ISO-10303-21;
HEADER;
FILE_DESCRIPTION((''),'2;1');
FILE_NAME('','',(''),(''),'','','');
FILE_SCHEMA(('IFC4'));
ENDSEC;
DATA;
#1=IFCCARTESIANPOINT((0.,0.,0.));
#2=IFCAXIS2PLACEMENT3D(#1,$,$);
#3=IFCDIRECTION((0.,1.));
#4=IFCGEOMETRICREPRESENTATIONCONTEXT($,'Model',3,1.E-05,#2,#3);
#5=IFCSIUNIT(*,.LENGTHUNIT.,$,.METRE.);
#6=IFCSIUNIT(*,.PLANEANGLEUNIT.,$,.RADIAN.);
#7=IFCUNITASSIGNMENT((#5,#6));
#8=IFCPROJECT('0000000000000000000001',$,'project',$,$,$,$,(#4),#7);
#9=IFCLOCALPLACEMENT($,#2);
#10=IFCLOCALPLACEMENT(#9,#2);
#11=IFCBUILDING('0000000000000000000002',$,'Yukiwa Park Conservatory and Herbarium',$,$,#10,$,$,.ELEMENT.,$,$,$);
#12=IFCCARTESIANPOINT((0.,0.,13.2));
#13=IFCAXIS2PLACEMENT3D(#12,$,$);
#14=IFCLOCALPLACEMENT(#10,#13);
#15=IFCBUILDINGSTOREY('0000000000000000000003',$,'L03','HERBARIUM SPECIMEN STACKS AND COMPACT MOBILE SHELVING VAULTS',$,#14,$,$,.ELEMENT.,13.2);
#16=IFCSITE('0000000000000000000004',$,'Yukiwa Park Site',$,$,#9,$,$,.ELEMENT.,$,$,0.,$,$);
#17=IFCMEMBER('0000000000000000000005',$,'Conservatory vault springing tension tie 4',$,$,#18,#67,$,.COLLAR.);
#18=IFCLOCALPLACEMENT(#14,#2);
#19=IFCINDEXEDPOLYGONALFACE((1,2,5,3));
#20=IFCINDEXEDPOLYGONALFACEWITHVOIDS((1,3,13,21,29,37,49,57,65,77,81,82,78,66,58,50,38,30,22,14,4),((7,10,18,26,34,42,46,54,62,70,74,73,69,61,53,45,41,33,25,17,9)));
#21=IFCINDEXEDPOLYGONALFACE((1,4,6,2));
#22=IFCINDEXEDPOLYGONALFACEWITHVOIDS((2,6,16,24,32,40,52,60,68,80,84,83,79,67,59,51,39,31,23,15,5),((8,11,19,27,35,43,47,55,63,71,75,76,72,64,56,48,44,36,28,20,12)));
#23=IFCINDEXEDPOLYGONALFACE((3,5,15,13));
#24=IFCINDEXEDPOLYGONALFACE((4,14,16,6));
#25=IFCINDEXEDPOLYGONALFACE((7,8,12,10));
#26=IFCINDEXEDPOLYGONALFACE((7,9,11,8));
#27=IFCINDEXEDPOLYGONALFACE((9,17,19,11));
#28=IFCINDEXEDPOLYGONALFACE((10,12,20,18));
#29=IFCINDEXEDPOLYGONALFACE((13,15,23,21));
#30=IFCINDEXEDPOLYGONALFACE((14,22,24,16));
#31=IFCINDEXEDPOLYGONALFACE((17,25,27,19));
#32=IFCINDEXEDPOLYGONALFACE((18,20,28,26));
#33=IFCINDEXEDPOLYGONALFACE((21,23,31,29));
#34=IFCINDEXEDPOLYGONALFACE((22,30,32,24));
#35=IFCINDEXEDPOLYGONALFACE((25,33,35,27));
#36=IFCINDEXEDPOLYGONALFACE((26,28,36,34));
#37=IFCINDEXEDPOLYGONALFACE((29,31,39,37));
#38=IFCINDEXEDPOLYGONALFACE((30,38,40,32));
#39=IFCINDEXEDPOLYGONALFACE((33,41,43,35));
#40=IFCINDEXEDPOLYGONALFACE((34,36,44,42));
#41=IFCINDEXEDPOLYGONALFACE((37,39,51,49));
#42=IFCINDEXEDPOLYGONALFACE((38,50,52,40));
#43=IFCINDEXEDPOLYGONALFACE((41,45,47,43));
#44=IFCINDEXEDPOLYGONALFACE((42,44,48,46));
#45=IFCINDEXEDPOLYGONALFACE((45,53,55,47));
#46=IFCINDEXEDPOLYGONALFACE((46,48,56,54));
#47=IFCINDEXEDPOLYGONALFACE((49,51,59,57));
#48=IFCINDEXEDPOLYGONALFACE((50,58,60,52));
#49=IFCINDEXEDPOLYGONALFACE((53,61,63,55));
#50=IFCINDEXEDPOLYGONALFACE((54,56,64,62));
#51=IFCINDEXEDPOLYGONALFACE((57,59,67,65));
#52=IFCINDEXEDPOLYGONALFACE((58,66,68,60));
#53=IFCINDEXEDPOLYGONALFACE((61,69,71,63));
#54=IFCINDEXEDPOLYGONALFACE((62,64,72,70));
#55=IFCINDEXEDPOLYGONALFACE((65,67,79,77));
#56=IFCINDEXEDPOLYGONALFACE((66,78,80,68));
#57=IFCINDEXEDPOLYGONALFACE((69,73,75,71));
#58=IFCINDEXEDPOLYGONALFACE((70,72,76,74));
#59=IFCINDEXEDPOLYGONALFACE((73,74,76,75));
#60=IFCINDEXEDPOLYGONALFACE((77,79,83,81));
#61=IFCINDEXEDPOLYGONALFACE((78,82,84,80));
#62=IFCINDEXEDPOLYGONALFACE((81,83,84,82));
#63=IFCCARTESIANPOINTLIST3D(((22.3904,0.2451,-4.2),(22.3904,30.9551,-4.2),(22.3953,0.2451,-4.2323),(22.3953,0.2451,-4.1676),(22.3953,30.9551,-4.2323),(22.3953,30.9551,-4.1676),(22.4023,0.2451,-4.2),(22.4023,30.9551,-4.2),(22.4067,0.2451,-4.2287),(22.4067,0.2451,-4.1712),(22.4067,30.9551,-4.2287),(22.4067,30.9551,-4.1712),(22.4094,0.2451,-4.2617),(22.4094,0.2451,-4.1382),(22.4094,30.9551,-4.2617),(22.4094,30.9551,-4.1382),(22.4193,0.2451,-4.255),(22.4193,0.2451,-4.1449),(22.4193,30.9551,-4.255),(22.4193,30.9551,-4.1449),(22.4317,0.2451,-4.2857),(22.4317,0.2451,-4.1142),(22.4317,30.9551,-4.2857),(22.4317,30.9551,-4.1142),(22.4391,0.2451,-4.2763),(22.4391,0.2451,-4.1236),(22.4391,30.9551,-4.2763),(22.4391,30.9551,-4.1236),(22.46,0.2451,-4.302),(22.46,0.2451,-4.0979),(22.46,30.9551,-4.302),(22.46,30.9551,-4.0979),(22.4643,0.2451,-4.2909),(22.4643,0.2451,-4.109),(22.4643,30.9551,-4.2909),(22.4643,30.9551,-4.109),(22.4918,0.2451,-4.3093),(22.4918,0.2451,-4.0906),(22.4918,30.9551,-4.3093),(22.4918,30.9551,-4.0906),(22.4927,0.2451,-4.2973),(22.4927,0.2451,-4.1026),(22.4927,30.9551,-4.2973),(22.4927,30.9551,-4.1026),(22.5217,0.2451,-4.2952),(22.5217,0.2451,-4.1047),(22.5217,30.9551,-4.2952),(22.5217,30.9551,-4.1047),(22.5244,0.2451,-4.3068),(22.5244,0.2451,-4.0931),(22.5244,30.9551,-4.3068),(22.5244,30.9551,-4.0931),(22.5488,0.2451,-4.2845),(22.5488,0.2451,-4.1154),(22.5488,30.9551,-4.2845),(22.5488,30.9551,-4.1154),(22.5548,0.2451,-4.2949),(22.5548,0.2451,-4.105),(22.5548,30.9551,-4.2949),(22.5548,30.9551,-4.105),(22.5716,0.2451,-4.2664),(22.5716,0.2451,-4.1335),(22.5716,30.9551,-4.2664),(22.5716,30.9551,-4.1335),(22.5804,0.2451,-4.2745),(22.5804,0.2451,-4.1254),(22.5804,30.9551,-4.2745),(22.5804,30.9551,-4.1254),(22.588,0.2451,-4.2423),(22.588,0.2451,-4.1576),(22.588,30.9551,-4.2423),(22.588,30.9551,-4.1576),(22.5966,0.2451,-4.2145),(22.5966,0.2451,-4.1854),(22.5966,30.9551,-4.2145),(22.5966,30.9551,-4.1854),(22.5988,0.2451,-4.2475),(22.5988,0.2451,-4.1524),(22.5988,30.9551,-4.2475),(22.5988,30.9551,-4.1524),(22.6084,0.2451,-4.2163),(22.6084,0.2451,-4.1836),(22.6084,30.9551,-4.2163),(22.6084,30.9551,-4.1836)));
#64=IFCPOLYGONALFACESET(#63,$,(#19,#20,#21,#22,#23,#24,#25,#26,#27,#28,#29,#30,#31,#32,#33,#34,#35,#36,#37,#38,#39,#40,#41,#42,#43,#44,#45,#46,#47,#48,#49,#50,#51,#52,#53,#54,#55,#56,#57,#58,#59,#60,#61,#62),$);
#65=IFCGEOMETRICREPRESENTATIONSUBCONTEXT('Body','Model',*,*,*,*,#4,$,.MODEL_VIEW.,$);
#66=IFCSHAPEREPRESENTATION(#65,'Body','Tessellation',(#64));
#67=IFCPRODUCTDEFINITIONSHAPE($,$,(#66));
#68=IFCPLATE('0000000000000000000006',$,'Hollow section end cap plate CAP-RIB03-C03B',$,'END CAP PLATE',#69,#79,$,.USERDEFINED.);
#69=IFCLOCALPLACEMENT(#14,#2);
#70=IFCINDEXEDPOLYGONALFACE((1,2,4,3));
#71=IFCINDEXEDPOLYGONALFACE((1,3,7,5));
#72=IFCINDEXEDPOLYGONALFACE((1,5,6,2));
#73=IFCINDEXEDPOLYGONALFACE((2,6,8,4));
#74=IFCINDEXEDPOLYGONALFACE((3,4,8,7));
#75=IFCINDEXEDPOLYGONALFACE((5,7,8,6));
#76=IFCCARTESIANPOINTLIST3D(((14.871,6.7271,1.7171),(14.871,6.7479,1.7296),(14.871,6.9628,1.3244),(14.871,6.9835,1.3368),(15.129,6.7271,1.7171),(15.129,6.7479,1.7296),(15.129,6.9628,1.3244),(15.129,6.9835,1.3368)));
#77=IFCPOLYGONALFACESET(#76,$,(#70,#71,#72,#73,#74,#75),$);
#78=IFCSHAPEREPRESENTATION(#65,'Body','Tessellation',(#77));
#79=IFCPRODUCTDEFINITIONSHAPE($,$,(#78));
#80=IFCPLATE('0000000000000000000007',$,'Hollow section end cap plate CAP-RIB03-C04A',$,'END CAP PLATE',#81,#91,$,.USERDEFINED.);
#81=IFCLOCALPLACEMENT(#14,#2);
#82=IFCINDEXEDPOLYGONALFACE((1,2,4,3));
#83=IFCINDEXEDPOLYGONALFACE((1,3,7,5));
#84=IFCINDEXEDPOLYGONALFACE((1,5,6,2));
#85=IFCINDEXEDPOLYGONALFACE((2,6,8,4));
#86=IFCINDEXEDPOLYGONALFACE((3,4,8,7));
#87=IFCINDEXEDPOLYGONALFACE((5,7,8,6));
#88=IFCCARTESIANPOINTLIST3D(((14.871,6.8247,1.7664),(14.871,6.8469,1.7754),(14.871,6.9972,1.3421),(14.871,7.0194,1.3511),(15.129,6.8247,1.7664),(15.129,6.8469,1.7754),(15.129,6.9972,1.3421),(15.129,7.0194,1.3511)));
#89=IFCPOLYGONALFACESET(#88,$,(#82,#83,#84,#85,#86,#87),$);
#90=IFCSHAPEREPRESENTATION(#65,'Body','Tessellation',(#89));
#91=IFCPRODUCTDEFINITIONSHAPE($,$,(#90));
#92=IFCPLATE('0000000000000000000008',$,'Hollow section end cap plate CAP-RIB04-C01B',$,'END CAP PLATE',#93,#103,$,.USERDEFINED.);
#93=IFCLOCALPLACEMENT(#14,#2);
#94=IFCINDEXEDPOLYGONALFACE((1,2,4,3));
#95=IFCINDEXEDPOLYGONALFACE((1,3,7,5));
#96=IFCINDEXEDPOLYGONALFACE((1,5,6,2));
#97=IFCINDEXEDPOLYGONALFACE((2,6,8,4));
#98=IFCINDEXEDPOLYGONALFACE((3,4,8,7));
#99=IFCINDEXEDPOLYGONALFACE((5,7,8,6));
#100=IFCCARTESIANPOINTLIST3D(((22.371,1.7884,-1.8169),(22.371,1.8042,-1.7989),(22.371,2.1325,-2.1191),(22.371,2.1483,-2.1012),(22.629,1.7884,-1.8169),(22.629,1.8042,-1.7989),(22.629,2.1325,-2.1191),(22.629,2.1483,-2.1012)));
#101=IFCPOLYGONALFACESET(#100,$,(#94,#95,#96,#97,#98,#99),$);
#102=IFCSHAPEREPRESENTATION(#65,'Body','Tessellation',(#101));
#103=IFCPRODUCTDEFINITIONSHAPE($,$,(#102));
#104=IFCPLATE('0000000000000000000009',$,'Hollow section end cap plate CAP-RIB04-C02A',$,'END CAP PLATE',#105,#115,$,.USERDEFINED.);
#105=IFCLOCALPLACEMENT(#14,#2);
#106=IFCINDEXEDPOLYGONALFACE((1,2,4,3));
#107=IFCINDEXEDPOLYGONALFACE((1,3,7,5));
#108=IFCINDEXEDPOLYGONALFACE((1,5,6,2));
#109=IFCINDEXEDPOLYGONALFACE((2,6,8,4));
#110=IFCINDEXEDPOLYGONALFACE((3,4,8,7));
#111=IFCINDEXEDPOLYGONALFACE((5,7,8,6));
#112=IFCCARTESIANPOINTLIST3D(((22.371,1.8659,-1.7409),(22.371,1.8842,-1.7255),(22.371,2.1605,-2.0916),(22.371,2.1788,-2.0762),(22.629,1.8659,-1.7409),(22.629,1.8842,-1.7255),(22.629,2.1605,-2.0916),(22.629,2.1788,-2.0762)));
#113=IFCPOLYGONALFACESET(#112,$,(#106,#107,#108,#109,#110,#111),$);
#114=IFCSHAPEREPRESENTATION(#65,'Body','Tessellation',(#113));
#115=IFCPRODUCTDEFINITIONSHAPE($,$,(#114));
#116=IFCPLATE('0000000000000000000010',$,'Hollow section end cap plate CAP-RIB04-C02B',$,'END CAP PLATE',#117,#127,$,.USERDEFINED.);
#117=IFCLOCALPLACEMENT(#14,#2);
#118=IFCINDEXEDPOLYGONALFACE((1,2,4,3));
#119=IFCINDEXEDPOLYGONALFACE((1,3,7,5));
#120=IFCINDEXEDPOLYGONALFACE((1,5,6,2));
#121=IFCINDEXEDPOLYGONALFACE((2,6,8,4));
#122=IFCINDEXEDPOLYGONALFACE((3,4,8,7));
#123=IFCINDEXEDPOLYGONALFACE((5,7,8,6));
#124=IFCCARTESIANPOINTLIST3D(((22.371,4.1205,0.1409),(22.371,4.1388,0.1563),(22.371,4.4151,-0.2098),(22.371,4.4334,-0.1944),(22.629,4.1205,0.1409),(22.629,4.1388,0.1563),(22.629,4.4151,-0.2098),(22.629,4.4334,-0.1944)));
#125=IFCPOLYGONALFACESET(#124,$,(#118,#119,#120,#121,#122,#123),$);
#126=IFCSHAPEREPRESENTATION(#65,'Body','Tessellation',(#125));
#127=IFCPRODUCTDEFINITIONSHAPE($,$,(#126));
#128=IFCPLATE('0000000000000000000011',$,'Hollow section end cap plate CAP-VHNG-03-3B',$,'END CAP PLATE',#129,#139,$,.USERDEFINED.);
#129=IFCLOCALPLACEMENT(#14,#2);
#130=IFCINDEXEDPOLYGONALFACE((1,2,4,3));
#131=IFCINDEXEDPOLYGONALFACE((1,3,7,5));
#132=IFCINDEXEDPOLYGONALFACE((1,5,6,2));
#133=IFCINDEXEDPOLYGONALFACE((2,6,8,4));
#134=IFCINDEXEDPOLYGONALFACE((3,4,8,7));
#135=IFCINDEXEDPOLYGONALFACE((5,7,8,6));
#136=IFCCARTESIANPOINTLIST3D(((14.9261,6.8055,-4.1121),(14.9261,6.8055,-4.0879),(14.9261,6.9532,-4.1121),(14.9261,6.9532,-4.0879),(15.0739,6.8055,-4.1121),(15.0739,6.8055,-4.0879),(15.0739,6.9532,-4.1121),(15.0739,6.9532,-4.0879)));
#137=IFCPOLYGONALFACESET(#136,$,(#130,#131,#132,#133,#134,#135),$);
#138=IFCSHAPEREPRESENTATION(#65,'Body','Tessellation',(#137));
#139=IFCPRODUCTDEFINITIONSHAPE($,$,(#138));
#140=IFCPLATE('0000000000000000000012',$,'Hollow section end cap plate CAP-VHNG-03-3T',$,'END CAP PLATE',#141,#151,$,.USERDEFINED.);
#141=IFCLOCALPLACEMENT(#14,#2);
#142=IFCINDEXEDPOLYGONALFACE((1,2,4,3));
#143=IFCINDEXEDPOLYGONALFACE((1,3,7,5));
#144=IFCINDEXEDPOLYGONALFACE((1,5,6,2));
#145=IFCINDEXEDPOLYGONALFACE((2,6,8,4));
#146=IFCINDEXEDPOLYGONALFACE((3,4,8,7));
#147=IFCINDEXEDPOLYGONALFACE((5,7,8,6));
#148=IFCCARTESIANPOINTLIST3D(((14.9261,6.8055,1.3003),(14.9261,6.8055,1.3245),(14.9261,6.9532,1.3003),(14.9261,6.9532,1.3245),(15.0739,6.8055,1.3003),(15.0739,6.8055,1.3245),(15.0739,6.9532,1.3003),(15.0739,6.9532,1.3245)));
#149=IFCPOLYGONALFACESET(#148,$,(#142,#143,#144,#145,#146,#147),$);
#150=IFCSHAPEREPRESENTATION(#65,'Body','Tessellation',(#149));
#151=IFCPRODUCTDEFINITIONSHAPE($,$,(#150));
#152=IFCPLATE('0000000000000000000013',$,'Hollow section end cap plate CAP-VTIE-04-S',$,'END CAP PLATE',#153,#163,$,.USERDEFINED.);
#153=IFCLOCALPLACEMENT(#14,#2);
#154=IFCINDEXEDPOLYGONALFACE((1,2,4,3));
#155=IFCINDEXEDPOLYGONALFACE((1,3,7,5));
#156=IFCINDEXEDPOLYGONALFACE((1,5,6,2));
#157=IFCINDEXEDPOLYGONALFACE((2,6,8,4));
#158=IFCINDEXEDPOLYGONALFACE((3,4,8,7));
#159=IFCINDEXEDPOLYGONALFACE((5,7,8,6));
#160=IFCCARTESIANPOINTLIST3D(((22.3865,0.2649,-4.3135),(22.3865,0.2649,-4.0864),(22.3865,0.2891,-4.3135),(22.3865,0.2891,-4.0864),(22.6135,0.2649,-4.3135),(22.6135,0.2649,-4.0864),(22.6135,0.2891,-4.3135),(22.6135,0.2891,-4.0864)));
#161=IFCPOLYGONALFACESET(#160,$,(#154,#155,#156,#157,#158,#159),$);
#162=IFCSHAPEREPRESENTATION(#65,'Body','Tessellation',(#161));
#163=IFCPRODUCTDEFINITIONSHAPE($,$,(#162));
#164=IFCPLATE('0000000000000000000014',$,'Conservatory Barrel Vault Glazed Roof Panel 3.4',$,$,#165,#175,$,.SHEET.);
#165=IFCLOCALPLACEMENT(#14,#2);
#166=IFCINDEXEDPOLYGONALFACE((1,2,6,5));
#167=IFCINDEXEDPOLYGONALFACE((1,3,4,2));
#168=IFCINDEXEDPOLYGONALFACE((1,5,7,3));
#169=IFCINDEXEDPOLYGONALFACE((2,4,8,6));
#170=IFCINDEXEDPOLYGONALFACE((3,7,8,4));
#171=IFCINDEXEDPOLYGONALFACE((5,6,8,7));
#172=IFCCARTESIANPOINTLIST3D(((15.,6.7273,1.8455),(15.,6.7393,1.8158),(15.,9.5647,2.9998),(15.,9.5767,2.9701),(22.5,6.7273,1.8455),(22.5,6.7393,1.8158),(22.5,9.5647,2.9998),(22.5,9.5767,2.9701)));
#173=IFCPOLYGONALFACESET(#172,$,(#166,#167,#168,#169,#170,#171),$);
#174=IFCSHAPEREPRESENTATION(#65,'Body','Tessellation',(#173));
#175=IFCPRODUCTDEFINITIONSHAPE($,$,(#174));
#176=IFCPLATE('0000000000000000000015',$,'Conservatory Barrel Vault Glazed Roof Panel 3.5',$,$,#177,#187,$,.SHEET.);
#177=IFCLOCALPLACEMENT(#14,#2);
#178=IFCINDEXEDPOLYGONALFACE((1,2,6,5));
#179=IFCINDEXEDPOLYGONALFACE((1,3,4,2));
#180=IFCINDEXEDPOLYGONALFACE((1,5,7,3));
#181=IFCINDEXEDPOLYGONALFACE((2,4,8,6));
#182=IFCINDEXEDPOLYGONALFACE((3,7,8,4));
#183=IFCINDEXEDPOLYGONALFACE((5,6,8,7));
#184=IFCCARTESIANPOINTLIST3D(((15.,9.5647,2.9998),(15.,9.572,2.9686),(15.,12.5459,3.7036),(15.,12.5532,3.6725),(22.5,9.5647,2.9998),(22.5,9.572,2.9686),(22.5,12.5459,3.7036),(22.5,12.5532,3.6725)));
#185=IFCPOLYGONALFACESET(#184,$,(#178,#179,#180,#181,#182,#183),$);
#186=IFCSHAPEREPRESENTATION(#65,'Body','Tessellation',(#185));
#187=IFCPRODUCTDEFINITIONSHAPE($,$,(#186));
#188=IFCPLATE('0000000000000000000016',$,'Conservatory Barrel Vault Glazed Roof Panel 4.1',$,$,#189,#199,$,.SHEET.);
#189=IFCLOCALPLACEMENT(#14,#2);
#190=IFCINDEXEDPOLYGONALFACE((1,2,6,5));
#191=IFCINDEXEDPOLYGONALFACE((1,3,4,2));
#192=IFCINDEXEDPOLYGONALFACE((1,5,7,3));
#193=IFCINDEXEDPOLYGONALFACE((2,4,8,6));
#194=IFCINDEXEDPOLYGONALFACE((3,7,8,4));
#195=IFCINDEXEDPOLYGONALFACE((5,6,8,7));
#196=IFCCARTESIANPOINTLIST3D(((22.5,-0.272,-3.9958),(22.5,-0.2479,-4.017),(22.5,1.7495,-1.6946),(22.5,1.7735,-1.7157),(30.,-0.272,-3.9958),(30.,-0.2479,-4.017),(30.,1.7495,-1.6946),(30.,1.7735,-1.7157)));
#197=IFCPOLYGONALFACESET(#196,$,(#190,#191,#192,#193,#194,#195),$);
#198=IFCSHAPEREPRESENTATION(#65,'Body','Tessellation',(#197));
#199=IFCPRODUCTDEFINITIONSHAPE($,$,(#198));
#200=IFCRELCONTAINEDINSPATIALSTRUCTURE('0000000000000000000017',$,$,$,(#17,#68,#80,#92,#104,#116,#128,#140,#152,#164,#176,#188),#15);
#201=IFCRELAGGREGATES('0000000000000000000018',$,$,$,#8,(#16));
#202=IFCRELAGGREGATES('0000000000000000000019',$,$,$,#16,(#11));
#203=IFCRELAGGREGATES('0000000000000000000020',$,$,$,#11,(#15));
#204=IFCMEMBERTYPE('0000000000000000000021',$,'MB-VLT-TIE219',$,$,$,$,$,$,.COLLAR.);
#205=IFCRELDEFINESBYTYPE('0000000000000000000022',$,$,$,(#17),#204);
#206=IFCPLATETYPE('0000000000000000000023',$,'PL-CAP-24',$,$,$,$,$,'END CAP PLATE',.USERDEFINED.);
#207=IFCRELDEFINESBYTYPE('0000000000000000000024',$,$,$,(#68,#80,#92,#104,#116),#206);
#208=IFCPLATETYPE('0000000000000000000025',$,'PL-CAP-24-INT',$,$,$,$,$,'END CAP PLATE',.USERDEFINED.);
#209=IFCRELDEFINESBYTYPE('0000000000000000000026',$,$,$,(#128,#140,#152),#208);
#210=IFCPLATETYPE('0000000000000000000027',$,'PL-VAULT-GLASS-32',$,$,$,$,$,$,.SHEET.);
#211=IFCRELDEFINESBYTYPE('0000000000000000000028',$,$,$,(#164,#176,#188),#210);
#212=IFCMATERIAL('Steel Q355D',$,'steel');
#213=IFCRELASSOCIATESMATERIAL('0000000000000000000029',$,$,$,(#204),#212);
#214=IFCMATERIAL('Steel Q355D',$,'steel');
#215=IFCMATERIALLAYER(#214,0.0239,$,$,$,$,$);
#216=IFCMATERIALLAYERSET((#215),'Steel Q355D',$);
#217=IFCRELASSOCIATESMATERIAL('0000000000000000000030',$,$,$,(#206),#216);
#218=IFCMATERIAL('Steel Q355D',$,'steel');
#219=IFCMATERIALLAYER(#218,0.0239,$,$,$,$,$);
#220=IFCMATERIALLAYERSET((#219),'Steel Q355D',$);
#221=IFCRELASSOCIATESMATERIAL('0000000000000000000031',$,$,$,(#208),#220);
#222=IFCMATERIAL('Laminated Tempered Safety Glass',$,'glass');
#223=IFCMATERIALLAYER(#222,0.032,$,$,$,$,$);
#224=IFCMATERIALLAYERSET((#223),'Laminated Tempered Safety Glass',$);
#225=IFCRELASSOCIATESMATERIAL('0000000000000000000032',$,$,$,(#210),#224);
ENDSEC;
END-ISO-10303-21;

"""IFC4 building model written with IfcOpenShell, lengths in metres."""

from ifc_helpers import new_model, si_unit, direction, frame, origin, origin_2d, place, context, subcontext, project, spatial, polyline, rectangle, hollow_circle, outline, extrude, material, layer, layer_set, material_profile, profile_set, type_object, element, save


model = new_model("IFC4")

# Units and contexts
model_context = context("Model", 3, precision=1e-05, world=origin(), true_north=direction((0.0, 1.0)))
body_context = subcontext(model_context, "Body", "Model", "MODEL_VIEW")
ifc_project = project(units=[si_unit("LENGTHUNIT", "METRE"), si_unit("PLANEANGLEUNIT", "RADIAN")], contexts=[model_context])

# Site, building, storey
site_placement = place(None, origin())
site = spatial("IfcSite", under=ifc_project, at=site_placement, Name="Yukiwa Park Site", CompositionType="ELEMENT", RefElevation=0.0)
building_placement = place(site_placement, origin())
building = spatial("IfcBuilding", under=site, at=building_placement, Name="Yukiwa Park Conservatory and Herbarium", CompositionType="ELEMENT")
storey_placement = place(building_placement, frame((0.0, 0.0, 13.2)))
storey = spatial("IfcBuildingStorey", under=building, at=storey_placement, Name="L03", Description="HERBARIUM SPECIMEN STACKS AND COMPACT MOBILE SHELVING VAULTS", CompositionType="ELEMENT", Elevation=13.2)

# Member
ifc_material_1 = material(Name="Steel Q355D", Category="steel")
ifc_material_profile_1 = material_profile(ifc_material_1, hollow_circle(Radius=0.1096, WallThickness=0.012, at=origin_2d()), Name="CHS 219.1x12")
ifc_profile_set_1 = profile_set([ifc_material_profile_1], Name="Steel Q355D")
member_type_1 = type_object("IfcMemberType", Name="MB-VLT-TIE219", PredefinedType="COLLAR", material=ifc_profile_set_1)
member_1_placement = place(storey_placement, frame((22.5, 0.2451, -4.2), z_axis=(0.0, 1.0, 0.0), x_axis=(-1.0, 0.0, 0.0)))
element("IfcMember", 1, at=member_1_placement, inside=storey, type_object=member_type_1, Name="Conservatory vault springing tension tie 4", PredefinedType="COLLAR", context=body_context, shape_type="SweptSolid", body=[
    extrude(hollow_circle(Radius=0.1096, WallThickness=0.012, at=origin_2d()), origin(), (0.0, 0.0, 1.0), 30.71),
])

# Plates
ifc_material_2 = material(Name="Steel Q355D", Category="steel")
ifc_layer_1 = layer(ifc_material_2, 0.0239)
ifc_layer_set_1 = layer_set([ifc_layer_1], Name="Steel Q355D")
plate_type_1 = type_object("IfcPlateType", Name="PL-CAP-24", ElementType="END CAP PLATE", PredefinedType="USERDEFINED", material=ifc_layer_set_1)
plate_1_placement = place(storey_placement, frame((15.0, 6.845, 1.5208), z_axis=(0.0, 0.857493, 0.514496), x_axis=(-1.0, 0.0, 0.0)))
element("IfcPlate", 2, at=plate_1_placement, inside=storey, type_object=plate_type_1, Name="Hollow section end cap plate CAP-RIB03-C03B", ObjectType="END CAP PLATE", PredefinedType="USERDEFINED", context=body_context, shape_type="SweptSolid", body=[
    extrude(rectangle(XDim=0.2581, YDim=0.458, at=origin_2d()), origin(), (0.0, 0.0, 1.0), 0.0242),
])
for number, where, z_axis, x_axis, name in (
    (3, (15.0, 6.9331, 1.5632), (0.0, -0.926356, -0.37665), (1.0, 0.0, 0.0), "Hollow section end cap plate CAP-RIB03-C04A"),
    (4, (22.5, 1.9604, -1.968), (0.0, 0.659941, 0.751317), (-1.0, 0.0, 0.0), "Hollow section end cap plate CAP-RIB04-C01B"),
    (5, (22.5, 2.0315, -1.9009), (0.0, -0.765705, -0.643192), (1.0, 0.0, 0.0), "Hollow section end cap plate CAP-RIB04-C02A"),
    (6, (22.5, 4.2678, -0.0344), (0.0, 0.765705, 0.643192), (-1.0, 0.0, 0.0), "Hollow section end cap plate CAP-RIB04-C02B"),
):
    element("IfcPlate", number, at=place(storey_placement, frame(where, z_axis=z_axis, x_axis=x_axis)), inside=storey, type_object=plate_type_1, Name=name, ObjectType="END CAP PLATE", PredefinedType="USERDEFINED", context=body_context, shape_type="SweptSolid", body=[
        extrude(rectangle(XDim=0.2581, YDim=0.458, at=origin_2d()), origin(), (0.0, 0.0, 1.0), 0.0239),
    ])
ifc_material_3 = material(Name="Steel Q355D", Category="steel")
ifc_layer_2 = layer(ifc_material_3, 0.0239)
ifc_layer_set_2 = layer_set([ifc_layer_2], Name="Steel Q355D")
plate_type_2 = type_object("IfcPlateType", Name="PL-CAP-24-INT", ElementType="END CAP PLATE", PredefinedType="USERDEFINED", material=ifc_layer_set_2)
for number, where, z_axis, x_axis, name in (
    (7, (15.0, 6.8794, -4.0879), (0.0, 0.0, -1.0), (1.0, 0.0, 0.0), "Hollow section end cap plate CAP-VHNG-03-3B"),
    (8, (15.0, 6.8794, 1.3003), (0.0, 0.0, 1.0), (1.0, 0.0, 0.0), "Hollow section end cap plate CAP-VHNG-03-3T"),
):
    element("IfcPlate", number, at=place(storey_placement, frame(where, z_axis=z_axis, x_axis=x_axis)), inside=storey, type_object=plate_type_2, Name=name, ObjectType="END CAP PLATE", PredefinedType="USERDEFINED", context=body_context, shape_type="SweptSolid", body=[
        extrude(rectangle(XDim=0.1477, YDim=0.1477, at=origin_2d()), origin(), (0.0, 0.0, 1.0), 0.0242),
    ])
plate_2_placement = place(storey_placement, frame((22.5, 0.2891, -4.2), z_axis=(0.0, -1.0, 0.0), x_axis=(1.0, 0.0, 0.0)))
element("IfcPlate", 9, at=plate_2_placement, inside=storey, type_object=plate_type_2, Name="Hollow section end cap plate CAP-VTIE-04-S", ObjectType="END CAP PLATE", PredefinedType="USERDEFINED", context=body_context, shape_type="SweptSolid", body=[
    extrude(rectangle(XDim=0.2271, YDim=0.2271, at=origin_2d()), origin(), (0.0, 0.0, 1.0), 0.0242),
])
ifc_material_4 = material(Name="Laminated Tempered Safety Glass", Category="glass")
ifc_layer_3 = layer(ifc_material_4, 0.032)
ifc_layer_set_3 = layer_set([ifc_layer_3], Name="Laminated Tempered Safety Glass")
plate_type_3 = type_object("IfcPlateType", Name="PL-VAULT-GLASS-32", PredefinedType="SHEET", material=ifc_layer_set_3)
plate_3_placement = place(storey_placement, frame((15.0, 6.7273, 1.8455), z_axis=(0.0, -0.376826, 0.926284), x_axis=(1.0, 0.0, 0.0)))
element("IfcPlate", 10, at=plate_3_placement, inside=storey, type_object=plate_type_3, Name="Conservatory Barrel Vault Glazed Roof Panel 3.4", PredefinedType="SHEET", context=body_context, shape_type="SweptSolid", body=[
    extrude(outline(polyline([(0.0, 0.0), (7.5, 0.0), (7.5, 3.0632), (0.0, 3.0632), (0.0, 0.0)])), origin(), (0.0, 0.0, -1.0), 0.032),
])
plate_4_placement = place(storey_placement, frame((15.0, 9.5647, 2.9998), z_axis=(0.0, -0.229781, 0.973242), x_axis=(1.0, 0.0, 0.0)))
element("IfcPlate", 11, at=plate_4_placement, inside=storey, type_object=plate_type_3, Name="Conservatory Barrel Vault Glazed Roof Panel 3.5", PredefinedType="SHEET", context=body_context, shape_type="SweptSolid", body=[
    extrude(outline(polyline([(0.0, 0.0), (7.5, 0.0), (7.5, 3.0632), (0.0, 3.0632), (0.0, 0.0)])), origin(), (0.0, 0.0, -1.0), 0.032),
])
plate_5_placement = place(storey_placement, frame((22.5, -0.272, -3.9958), z_axis=(0.0, -0.751301, 0.659959), x_axis=(1.0, 0.0, 0.0)))
element("IfcPlate", 12, at=plate_5_placement, inside=storey, type_object=plate_type_3, Name="Conservatory Barrel Vault Glazed Roof Panel 4.1", PredefinedType="SHEET", context=body_context, shape_type="SweptSolid", body=[
    extrude(outline(polyline([(0.0, 0.0), (7.5, 0.0), (7.5, 3.063), (0.0, 3.063), (0.0, 0.0)])), origin(), (0.0, 0.0, -1.0), 0.032),
])

save(model, "model.ifc")
